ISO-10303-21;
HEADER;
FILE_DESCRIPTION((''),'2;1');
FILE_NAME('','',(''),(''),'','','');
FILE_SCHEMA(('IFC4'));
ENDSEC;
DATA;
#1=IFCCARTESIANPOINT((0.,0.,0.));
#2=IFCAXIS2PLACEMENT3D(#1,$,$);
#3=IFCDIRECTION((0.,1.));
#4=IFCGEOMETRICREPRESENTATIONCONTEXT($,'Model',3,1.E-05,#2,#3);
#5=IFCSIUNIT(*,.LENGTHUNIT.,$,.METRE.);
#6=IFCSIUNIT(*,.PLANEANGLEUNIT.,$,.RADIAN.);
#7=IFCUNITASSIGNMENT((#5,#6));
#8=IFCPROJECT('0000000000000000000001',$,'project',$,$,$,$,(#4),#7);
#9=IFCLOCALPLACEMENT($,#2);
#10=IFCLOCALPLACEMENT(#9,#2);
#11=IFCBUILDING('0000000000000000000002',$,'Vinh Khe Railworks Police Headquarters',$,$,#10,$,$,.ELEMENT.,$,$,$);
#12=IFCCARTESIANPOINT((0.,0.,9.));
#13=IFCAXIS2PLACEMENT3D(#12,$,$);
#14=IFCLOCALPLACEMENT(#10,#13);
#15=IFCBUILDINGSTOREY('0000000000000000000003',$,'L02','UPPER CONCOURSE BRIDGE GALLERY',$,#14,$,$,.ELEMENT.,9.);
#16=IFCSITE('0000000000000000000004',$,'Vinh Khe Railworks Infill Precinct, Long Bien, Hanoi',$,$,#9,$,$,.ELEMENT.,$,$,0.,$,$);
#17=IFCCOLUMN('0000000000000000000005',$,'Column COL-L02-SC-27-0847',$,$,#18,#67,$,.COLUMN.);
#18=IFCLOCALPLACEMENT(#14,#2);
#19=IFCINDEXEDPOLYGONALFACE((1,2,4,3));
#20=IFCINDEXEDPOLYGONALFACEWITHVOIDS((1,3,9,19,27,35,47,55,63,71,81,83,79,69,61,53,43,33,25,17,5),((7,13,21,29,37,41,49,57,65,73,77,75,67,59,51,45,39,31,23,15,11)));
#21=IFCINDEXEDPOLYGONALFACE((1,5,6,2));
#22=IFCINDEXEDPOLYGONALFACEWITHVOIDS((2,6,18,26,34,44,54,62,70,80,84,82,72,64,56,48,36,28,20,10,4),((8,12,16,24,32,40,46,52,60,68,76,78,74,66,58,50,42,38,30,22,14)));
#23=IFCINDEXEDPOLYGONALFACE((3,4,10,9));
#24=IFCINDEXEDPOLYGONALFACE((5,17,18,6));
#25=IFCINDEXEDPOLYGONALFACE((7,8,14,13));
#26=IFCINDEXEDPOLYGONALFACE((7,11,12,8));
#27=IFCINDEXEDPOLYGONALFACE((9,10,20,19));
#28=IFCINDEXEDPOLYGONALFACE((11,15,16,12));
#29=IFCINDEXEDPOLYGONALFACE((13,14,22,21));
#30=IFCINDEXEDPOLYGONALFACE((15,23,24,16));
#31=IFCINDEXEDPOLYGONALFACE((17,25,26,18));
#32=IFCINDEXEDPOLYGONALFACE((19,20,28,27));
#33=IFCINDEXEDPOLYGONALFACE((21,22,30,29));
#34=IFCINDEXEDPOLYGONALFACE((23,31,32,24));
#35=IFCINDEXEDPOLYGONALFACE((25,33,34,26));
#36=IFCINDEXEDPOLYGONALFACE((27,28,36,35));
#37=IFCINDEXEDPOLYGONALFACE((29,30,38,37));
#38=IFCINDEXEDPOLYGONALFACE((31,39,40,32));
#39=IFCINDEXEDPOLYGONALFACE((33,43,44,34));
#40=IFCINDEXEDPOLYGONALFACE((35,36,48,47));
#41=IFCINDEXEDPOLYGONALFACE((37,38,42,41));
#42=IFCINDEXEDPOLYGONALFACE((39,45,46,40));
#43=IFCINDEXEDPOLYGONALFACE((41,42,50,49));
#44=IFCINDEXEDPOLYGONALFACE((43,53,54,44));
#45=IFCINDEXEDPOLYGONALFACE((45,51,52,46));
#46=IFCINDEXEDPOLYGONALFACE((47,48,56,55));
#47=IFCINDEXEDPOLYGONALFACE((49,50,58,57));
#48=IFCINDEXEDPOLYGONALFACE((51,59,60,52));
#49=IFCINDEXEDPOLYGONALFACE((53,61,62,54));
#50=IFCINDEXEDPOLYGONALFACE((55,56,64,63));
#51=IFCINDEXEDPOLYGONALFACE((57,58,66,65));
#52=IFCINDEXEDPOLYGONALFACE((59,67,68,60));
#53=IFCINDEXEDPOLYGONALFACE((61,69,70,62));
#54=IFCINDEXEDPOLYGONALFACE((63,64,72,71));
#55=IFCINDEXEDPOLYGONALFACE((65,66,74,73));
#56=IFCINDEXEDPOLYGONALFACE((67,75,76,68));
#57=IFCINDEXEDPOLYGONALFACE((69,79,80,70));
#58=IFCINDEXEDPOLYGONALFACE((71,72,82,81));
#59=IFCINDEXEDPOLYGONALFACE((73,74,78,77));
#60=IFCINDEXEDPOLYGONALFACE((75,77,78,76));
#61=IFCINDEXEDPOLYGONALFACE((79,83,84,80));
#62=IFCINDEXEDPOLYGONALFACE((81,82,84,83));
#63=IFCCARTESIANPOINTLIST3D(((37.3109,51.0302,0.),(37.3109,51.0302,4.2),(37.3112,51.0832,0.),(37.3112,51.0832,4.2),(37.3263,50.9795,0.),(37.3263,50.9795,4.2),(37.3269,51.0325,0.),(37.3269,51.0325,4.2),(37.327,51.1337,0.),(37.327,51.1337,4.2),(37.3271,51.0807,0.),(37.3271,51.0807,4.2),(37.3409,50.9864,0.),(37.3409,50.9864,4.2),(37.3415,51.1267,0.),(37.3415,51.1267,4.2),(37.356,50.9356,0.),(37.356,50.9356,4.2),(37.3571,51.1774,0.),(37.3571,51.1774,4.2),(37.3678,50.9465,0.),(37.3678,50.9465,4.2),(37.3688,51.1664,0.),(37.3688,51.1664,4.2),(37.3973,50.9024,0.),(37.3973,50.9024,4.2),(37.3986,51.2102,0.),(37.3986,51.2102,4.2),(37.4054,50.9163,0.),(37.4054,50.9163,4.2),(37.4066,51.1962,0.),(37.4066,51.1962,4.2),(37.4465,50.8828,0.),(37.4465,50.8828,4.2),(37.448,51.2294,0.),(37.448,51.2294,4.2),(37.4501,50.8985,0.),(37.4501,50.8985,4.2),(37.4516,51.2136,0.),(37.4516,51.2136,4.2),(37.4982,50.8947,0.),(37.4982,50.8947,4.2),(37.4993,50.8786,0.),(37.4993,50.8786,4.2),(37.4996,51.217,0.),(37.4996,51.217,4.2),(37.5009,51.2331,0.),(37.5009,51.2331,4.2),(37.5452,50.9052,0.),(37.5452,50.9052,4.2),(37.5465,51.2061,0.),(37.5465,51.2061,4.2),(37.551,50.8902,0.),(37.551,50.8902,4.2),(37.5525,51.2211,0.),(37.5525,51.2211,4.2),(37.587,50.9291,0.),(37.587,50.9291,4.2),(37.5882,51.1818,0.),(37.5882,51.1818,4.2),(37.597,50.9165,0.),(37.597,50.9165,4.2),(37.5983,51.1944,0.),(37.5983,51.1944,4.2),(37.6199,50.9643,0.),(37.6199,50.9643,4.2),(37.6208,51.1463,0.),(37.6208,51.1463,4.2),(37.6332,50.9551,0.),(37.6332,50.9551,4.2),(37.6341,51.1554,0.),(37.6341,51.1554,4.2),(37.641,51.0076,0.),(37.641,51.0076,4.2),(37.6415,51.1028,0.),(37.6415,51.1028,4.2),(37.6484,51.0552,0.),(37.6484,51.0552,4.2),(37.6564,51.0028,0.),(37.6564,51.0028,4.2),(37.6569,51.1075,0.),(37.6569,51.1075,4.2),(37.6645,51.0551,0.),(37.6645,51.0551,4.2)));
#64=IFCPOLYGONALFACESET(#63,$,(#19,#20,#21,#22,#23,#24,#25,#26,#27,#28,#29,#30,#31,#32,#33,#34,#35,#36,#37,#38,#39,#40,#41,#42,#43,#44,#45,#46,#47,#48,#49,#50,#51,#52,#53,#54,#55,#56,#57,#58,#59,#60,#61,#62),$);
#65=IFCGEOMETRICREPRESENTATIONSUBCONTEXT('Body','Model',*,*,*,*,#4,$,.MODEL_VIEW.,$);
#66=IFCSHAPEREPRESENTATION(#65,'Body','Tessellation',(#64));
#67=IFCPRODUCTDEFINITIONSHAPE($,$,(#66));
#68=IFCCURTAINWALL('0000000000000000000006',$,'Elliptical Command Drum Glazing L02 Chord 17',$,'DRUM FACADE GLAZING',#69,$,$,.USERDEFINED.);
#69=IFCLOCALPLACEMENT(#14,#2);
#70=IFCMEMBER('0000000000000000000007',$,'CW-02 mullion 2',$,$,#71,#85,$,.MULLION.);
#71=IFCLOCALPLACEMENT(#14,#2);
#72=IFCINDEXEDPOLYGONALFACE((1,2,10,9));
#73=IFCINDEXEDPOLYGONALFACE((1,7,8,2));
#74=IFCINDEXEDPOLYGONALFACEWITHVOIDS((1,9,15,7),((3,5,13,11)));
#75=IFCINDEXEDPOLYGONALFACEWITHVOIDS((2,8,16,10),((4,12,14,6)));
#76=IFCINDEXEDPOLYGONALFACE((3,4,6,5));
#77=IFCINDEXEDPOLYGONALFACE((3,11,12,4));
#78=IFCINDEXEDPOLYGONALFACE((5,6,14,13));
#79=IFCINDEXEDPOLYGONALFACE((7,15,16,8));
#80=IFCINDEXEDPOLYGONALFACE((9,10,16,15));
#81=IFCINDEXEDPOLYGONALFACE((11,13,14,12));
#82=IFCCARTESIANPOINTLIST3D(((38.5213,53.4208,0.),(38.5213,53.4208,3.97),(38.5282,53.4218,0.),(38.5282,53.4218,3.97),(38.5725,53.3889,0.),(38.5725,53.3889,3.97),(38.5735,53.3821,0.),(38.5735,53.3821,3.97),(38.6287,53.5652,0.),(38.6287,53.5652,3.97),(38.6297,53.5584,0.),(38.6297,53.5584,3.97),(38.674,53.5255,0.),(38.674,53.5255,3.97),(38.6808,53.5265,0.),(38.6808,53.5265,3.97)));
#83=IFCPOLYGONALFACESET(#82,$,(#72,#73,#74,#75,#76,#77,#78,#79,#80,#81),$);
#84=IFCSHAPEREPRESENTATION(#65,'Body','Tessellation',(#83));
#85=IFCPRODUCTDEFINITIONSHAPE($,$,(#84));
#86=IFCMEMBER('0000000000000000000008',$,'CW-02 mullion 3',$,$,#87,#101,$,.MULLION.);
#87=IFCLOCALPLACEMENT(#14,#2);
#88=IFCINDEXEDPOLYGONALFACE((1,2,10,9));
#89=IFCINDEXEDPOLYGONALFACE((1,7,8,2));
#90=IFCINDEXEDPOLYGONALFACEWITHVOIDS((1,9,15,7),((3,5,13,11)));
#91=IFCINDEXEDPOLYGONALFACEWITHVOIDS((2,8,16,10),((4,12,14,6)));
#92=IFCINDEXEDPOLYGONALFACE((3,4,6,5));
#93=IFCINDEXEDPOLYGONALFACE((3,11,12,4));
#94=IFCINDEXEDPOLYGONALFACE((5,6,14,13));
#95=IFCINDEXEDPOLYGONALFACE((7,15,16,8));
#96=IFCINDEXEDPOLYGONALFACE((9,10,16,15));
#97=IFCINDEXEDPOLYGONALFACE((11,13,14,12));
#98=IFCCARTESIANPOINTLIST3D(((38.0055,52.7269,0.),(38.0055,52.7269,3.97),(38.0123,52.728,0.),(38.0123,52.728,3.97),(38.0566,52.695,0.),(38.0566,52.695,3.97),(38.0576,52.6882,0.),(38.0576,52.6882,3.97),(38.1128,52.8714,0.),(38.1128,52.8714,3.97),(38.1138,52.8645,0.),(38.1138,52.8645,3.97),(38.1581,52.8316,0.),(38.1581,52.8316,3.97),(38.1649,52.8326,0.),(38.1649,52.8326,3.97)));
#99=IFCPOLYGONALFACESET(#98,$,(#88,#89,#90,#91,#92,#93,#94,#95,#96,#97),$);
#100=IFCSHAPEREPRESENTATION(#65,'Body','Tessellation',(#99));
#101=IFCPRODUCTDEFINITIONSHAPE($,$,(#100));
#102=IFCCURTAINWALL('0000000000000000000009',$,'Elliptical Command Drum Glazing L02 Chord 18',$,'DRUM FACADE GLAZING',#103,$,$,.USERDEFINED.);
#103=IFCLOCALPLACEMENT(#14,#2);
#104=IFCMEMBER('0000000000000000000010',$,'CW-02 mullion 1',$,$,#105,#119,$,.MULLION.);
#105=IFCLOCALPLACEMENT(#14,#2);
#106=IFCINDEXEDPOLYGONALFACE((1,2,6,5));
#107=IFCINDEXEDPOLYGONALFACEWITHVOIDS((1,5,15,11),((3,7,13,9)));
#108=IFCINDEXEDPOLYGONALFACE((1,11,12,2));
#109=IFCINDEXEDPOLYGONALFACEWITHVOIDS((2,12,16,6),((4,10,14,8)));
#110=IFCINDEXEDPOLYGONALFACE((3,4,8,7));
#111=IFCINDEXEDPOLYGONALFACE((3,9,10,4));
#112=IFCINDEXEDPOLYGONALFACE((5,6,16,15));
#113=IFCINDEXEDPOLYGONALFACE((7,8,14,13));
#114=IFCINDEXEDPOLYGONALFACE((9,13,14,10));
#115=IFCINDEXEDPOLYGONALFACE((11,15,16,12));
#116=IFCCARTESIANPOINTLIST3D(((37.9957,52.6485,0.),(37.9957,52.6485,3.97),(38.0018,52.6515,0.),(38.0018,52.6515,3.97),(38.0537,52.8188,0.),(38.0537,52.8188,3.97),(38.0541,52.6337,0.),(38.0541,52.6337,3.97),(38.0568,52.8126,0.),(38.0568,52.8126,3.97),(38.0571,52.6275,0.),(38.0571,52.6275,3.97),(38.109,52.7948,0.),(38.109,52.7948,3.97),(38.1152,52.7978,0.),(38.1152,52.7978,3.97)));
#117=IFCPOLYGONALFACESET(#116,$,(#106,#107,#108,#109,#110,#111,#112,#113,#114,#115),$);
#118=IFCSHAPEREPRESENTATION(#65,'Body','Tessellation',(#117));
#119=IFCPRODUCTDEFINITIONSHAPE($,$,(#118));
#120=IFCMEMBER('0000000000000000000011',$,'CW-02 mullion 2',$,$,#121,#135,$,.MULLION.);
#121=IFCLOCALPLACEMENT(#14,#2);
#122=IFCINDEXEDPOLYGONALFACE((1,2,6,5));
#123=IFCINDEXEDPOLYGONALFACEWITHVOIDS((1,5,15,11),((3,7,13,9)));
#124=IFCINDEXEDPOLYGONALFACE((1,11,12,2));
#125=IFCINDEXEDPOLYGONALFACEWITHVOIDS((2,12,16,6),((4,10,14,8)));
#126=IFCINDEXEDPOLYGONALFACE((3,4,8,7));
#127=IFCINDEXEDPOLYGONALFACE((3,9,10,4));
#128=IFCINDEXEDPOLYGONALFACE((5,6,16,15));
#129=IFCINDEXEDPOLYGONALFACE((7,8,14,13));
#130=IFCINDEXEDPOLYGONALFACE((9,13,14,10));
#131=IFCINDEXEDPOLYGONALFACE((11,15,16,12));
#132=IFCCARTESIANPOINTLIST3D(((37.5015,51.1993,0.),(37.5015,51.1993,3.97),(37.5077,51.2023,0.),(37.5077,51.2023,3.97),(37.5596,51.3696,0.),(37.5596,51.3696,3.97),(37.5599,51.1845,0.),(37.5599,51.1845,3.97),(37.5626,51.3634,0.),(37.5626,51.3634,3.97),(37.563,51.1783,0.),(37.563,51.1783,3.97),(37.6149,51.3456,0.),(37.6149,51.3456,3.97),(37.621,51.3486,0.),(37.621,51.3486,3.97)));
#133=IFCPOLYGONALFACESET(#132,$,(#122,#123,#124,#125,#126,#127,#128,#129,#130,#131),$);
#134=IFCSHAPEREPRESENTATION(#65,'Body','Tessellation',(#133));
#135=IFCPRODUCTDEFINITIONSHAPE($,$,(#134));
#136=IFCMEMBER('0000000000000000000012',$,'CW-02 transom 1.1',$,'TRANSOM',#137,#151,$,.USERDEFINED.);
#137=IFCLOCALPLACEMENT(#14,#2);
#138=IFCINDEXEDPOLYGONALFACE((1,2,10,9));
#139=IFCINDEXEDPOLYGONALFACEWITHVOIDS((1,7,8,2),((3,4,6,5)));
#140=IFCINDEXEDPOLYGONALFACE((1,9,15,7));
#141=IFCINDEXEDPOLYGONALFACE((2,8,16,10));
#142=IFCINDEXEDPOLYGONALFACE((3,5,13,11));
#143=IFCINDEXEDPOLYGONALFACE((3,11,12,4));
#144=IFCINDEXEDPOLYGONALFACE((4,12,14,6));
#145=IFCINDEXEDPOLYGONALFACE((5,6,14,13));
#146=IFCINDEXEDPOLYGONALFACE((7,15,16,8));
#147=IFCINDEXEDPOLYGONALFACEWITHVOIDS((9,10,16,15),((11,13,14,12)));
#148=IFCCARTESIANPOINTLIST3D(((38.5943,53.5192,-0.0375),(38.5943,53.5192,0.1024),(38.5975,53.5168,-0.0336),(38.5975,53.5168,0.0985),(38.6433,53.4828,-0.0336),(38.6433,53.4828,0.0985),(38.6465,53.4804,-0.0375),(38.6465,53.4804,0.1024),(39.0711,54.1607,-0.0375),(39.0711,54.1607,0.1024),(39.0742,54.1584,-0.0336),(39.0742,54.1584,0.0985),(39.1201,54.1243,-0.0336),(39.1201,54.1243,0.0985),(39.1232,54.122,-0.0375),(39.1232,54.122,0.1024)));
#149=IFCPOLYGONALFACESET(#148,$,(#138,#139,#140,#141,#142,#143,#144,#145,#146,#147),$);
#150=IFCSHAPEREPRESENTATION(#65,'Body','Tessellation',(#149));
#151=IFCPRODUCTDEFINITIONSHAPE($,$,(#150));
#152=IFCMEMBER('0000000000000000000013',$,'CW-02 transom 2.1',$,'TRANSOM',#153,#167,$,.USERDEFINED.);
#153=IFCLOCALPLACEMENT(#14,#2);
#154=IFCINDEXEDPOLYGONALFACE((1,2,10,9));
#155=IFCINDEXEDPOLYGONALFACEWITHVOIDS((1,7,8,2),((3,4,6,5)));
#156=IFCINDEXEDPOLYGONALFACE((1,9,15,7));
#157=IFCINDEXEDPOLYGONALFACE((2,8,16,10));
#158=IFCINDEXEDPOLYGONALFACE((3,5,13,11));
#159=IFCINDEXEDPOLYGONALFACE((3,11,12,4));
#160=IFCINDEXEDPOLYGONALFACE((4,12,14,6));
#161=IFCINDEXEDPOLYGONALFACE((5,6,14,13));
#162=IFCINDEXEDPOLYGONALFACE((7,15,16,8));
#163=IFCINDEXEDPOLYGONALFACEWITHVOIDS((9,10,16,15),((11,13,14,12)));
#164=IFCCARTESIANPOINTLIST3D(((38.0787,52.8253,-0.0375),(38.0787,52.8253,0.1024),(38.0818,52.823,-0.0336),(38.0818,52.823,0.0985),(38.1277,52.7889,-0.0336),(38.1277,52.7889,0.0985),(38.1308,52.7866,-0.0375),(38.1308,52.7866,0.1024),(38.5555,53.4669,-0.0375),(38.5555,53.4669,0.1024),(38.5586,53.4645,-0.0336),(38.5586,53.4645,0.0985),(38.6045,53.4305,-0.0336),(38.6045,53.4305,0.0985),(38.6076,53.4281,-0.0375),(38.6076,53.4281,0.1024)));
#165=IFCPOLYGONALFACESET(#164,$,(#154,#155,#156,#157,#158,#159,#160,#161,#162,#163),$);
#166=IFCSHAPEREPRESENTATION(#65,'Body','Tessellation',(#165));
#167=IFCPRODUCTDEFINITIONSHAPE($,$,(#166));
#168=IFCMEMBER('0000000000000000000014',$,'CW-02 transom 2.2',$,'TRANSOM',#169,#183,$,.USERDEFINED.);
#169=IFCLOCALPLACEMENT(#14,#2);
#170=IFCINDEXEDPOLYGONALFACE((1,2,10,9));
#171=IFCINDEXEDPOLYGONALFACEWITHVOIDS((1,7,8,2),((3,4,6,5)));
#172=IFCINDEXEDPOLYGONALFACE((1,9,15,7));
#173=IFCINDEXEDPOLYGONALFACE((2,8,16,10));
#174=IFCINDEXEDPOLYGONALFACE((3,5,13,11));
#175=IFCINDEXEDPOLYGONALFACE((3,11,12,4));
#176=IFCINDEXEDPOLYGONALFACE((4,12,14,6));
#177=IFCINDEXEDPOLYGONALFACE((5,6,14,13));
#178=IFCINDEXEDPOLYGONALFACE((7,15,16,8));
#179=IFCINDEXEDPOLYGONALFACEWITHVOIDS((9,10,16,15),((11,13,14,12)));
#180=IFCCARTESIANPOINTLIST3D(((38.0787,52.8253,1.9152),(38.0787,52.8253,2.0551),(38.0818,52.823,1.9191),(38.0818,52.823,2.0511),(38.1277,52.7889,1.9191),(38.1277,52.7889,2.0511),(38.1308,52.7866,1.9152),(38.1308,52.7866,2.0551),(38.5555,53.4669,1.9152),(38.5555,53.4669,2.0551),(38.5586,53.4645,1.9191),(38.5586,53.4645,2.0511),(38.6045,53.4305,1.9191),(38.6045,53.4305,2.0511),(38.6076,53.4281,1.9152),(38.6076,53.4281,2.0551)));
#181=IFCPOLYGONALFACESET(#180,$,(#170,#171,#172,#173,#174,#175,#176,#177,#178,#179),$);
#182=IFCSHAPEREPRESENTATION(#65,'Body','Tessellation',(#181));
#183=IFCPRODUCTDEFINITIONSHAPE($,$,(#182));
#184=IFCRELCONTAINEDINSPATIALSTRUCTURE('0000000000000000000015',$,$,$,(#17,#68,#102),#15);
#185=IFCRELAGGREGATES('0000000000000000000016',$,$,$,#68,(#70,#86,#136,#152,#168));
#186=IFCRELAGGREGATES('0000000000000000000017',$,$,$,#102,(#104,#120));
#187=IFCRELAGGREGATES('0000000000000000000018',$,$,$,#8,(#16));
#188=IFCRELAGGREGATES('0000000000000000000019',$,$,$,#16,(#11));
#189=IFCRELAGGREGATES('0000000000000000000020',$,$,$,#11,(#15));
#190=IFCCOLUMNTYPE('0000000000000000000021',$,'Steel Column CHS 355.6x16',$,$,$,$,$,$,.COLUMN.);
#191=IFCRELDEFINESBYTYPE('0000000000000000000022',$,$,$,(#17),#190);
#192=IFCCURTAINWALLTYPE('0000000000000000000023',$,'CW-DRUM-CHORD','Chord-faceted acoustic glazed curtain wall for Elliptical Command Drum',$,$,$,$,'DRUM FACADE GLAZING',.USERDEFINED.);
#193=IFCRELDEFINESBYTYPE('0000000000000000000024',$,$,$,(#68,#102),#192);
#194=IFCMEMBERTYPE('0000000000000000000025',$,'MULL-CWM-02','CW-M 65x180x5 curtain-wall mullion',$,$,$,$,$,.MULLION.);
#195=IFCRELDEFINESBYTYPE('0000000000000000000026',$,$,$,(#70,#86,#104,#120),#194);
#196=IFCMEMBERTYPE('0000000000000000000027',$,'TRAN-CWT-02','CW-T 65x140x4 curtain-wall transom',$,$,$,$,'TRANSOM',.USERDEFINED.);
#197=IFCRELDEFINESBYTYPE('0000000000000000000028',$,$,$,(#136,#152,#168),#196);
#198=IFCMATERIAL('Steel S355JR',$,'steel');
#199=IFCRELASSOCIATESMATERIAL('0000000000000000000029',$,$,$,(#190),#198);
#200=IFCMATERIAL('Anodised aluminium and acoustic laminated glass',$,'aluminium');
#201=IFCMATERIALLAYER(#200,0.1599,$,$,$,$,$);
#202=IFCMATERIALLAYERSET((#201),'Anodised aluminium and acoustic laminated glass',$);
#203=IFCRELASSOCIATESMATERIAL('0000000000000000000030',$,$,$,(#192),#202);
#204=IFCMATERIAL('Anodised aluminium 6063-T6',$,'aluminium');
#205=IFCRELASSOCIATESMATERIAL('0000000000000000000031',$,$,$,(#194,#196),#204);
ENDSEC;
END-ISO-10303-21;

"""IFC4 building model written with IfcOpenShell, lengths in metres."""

from ifc_helpers import new_model, si_unit, direction, frame, origin, origin_2d, place, context, subcontext, project, spatial, hollow_rectangle, hollow_circle, extrude, material, layer, layer_set, material_profile, profile_set, type_object, element, aggregate, save


model = new_model("IFC4")

# Units and contexts
model_context = context("Model", 3, precision=1e-05, world=origin(), true_north=direction((0.0, 1.0)))
body_context = subcontext(model_context, "Body", "Model", "MODEL_VIEW")
ifc_project = project(units=[si_unit("LENGTHUNIT", "METRE"), si_unit("PLANEANGLEUNIT", "RADIAN")], contexts=[model_context])

# Site, building, storey
site_placement = place(None, origin())
site = spatial("IfcSite", under=ifc_project, at=site_placement, Name="Vinh Khe Railworks Infill Precinct, Long Bien, Hanoi", CompositionType="ELEMENT", RefElevation=0.0)
building_placement = place(site_placement, origin())
building = spatial("IfcBuilding", under=site, at=building_placement, Name="Vinh Khe Railworks Police Headquarters", CompositionType="ELEMENT")
storey_placement = place(building_placement, frame((0.0, 0.0, 9.0)))
storey = spatial("IfcBuildingStorey", under=building, at=storey_placement, Name="L02", Description="UPPER CONCOURSE BRIDGE GALLERY", CompositionType="ELEMENT", Elevation=9.0)

# Column
ifc_material_1 = material(Name="Steel S355JR", Category="steel")
ifc_material_profile_1 = material_profile(ifc_material_1, hollow_circle(Radius=0.1777, WallThickness=0.0161, at=origin_2d()), Name="CHS 355.6x16")
ifc_profile_set_1 = profile_set([ifc_material_profile_1], Name="Steel S355JR")
column_type = type_object("IfcColumnType", Name="Steel Column CHS 355.6x16", PredefinedType="COLUMN", material=ifc_profile_set_1)
column_placement = place(storey_placement, frame((37.4868, 51.0559, 0.0), z_axis=(0.0, 0.0, 1.0), x_axis=(-0.988148, 0.153503, 0.0)))
element("IfcColumn", 1, at=column_placement, inside=storey, type_object=column_type, Name="Column COL-L02-SC-27-0847", PredefinedType="COLUMN", context=body_context, shape_type="SweptSolid", body=[
    extrude(hollow_circle(Radius=0.1777, WallThickness=0.0161, at=origin_2d()), origin(), (0.0, 0.0, 1.0), 4.2),
])

# Curtain walls, members
ifc_material_2 = material(Name="Anodised aluminium and acoustic laminated glass", Category="aluminium")
ifc_layer_1 = layer(ifc_material_2, 0.1599)
ifc_layer_set_1 = layer_set([ifc_layer_1], Name="Anodised aluminium and acoustic laminated glass")
curtain_wall_type = type_object("IfcCurtainWallType", Name="CW-DRUM-CHORD", Description="Chord-faceted acoustic glazed curtain wall for Elliptical Command Drum", ElementType="DRUM FACADE GLAZING", PredefinedType="USERDEFINED", material=ifc_layer_set_1)
curtain_wall_1_placement = place(storey_placement, origin())
curtain_wall_1 = element("IfcCurtainWall", 2, at=curtain_wall_1_placement, inside=storey, type_object=curtain_wall_type, Name="Elliptical Command Drum Glazing L02 Chord 17", ObjectType="DRUM FACADE GLAZING", PredefinedType="USERDEFINED")
ifc_material_3 = material(Name="Anodised aluminium 6063-T6", Category="aluminium")
ifc_material_profile_2 = material_profile(ifc_material_3, hollow_rectangle(XDim=0.0649, YDim=0.1799, WallThickness=0.0049, at=origin_2d()), Name="CW-M 65x180x5")
ifc_profile_set_2 = profile_set([ifc_material_profile_2], Name="Anodised aluminium 6063-T6")
member_type_1 = type_object("IfcMemberType", Name="MULL-CWM-02", Description="CW-M 65x180x5 curtain-wall mullion", PredefinedType="MULLION", material=ifc_profile_set_2)
member_1_placement = place(storey_placement, frame((38.6011, 53.4736, 0.0), z_axis=(0.0, 0.0, 1.0), x_axis=(0.802592, -0.596528, 0.0)))
member_1 = element("IfcMember", 3, at=member_1_placement, type_object=member_type_1, Name="CW-02 mullion 2", PredefinedType="MULLION", context=body_context, shape_type="SweptSolid", body=[
    extrude(hollow_rectangle(XDim=0.0649, YDim=0.1799, WallThickness=0.0049, at=origin_2d()), origin(), (0.0, 0.0, 1.0), 3.97),
])
member_2_placement = place(storey_placement, frame((38.0852, 52.7798, 0.0), z_axis=(0.0, 0.0, 1.0), x_axis=(0.802592, -0.596528, 0.0)))
member_2 = element("IfcMember", 4, at=member_2_placement, type_object=member_type_1, Name="CW-02 mullion 3", PredefinedType="MULLION", context=body_context, shape_type="SweptSolid", body=[
    extrude(hollow_rectangle(XDim=0.0649, YDim=0.1799, WallThickness=0.0049, at=origin_2d()), origin(), (0.0, 0.0, 1.0), 3.97),
])
curtain_wall_2_placement = place(storey_placement, origin())
curtain_wall_2 = element("IfcCurtainWall", 5, at=curtain_wall_2_placement, inside=storey, type_object=curtain_wall_type, Name="Elliptical Command Drum Glazing L02 Chord 18", ObjectType="DRUM FACADE GLAZING", PredefinedType="USERDEFINED")
member_3_placement = place(storey_placement, frame((38.0554, 52.7231, 0.0), z_axis=(0.0, 0.0, 1.0), x_axis=(0.946486, -0.322746, 0.0)))
member_3 = element("IfcMember", 6, at=member_3_placement, type_object=member_type_1, Name="CW-02 mullion 1", PredefinedType="MULLION", context=body_context, shape_type="SweptSolid", body=[
    extrude(hollow_rectangle(XDim=0.0649, YDim=0.1799, WallThickness=0.0049, at=origin_2d()), origin(), (0.0, 0.0, 1.0), 3.97),
])
member_4_placement = place(storey_placement, frame((37.5613, 51.2739, 0.0), z_axis=(0.0, 0.0, 1.0), x_axis=(0.946486, -0.322746, 0.0)))
member_4 = element("IfcMember", 7, at=member_4_placement, type_object=member_type_1, Name="CW-02 mullion 2", PredefinedType="MULLION", context=body_context, shape_type="SweptSolid", body=[
    extrude(hollow_rectangle(XDim=0.0649, YDim=0.1799, WallThickness=0.0049, at=origin_2d()), origin(), (0.0, 0.0, 1.0), 3.97),
])

# Members
ifc_material_profile_3 = material_profile(ifc_material_3, hollow_rectangle(XDim=0.0649, YDim=0.1399, WallThickness=0.0039, at=origin_2d()), Name="CW-T 65x140x4")
ifc_profile_set_3 = profile_set([ifc_material_profile_3], Name="Anodised aluminium 6063-T6")
member_type_2 = type_object("IfcMemberType", Name="TRAN-CWT-02", Description="CW-T 65x140x4 curtain-wall transom", ElementType="TRANSOM", PredefinedType="USERDEFINED", material=ifc_profile_set_3)
member_5_placement = place(storey_placement, frame((39.0972, 54.1414, 0.0325), z_axis=(-0.596476, -0.802631, 0.0), x_axis=(0.802631, -0.596476, 0.0)))
member_5 = element("IfcMember", 8, at=member_5_placement, type_object=member_type_2, Name="CW-02 transom 1.1", ObjectType="TRANSOM", PredefinedType="USERDEFINED", context=body_context, shape_type="SweptSolid", body=[
    extrude(hollow_rectangle(XDim=0.0649, YDim=0.1399, WallThickness=0.0039, at=origin_2d()), origin(), (0.0, 0.0, 1.0), 0.7993),
])
member_6_placement = place(storey_placement, frame((38.5815, 53.4475, 0.0325), z_axis=(-0.596476, -0.802631, 0.0), x_axis=(0.802631, -0.596476, 0.0)))
member_6 = element("IfcMember", 9, at=member_6_placement, type_object=member_type_2, Name="CW-02 transom 2.1", ObjectType="TRANSOM", PredefinedType="USERDEFINED", context=body_context, shape_type="SweptSolid", body=[
    extrude(hollow_rectangle(XDim=0.0649, YDim=0.1399, WallThickness=0.0039, at=origin_2d()), origin(), (0.0, 0.0, 1.0), 0.7993),
])
member_7_placement = place(storey_placement, frame((38.5815, 53.4475, 1.9851), z_axis=(-0.596476, -0.802631, 0.0), x_axis=(0.802631, -0.596476, 0.0)))
member_7 = element("IfcMember", 10, at=member_7_placement, type_object=member_type_2, Name="CW-02 transom 2.2", ObjectType="TRANSOM", PredefinedType="USERDEFINED", context=body_context, shape_type="SweptSolid", body=[
    extrude(hollow_rectangle(XDim=0.0649, YDim=0.1399, WallThickness=0.0039, at=origin_2d()), origin(), (0.0, 0.0, 1.0), 0.7993),
])

aggregate(curtain_wall_1, [member_1, member_2, member_5, member_6, member_7])
aggregate(curtain_wall_2, [member_3, member_4])

save(model, "model.ifc")
